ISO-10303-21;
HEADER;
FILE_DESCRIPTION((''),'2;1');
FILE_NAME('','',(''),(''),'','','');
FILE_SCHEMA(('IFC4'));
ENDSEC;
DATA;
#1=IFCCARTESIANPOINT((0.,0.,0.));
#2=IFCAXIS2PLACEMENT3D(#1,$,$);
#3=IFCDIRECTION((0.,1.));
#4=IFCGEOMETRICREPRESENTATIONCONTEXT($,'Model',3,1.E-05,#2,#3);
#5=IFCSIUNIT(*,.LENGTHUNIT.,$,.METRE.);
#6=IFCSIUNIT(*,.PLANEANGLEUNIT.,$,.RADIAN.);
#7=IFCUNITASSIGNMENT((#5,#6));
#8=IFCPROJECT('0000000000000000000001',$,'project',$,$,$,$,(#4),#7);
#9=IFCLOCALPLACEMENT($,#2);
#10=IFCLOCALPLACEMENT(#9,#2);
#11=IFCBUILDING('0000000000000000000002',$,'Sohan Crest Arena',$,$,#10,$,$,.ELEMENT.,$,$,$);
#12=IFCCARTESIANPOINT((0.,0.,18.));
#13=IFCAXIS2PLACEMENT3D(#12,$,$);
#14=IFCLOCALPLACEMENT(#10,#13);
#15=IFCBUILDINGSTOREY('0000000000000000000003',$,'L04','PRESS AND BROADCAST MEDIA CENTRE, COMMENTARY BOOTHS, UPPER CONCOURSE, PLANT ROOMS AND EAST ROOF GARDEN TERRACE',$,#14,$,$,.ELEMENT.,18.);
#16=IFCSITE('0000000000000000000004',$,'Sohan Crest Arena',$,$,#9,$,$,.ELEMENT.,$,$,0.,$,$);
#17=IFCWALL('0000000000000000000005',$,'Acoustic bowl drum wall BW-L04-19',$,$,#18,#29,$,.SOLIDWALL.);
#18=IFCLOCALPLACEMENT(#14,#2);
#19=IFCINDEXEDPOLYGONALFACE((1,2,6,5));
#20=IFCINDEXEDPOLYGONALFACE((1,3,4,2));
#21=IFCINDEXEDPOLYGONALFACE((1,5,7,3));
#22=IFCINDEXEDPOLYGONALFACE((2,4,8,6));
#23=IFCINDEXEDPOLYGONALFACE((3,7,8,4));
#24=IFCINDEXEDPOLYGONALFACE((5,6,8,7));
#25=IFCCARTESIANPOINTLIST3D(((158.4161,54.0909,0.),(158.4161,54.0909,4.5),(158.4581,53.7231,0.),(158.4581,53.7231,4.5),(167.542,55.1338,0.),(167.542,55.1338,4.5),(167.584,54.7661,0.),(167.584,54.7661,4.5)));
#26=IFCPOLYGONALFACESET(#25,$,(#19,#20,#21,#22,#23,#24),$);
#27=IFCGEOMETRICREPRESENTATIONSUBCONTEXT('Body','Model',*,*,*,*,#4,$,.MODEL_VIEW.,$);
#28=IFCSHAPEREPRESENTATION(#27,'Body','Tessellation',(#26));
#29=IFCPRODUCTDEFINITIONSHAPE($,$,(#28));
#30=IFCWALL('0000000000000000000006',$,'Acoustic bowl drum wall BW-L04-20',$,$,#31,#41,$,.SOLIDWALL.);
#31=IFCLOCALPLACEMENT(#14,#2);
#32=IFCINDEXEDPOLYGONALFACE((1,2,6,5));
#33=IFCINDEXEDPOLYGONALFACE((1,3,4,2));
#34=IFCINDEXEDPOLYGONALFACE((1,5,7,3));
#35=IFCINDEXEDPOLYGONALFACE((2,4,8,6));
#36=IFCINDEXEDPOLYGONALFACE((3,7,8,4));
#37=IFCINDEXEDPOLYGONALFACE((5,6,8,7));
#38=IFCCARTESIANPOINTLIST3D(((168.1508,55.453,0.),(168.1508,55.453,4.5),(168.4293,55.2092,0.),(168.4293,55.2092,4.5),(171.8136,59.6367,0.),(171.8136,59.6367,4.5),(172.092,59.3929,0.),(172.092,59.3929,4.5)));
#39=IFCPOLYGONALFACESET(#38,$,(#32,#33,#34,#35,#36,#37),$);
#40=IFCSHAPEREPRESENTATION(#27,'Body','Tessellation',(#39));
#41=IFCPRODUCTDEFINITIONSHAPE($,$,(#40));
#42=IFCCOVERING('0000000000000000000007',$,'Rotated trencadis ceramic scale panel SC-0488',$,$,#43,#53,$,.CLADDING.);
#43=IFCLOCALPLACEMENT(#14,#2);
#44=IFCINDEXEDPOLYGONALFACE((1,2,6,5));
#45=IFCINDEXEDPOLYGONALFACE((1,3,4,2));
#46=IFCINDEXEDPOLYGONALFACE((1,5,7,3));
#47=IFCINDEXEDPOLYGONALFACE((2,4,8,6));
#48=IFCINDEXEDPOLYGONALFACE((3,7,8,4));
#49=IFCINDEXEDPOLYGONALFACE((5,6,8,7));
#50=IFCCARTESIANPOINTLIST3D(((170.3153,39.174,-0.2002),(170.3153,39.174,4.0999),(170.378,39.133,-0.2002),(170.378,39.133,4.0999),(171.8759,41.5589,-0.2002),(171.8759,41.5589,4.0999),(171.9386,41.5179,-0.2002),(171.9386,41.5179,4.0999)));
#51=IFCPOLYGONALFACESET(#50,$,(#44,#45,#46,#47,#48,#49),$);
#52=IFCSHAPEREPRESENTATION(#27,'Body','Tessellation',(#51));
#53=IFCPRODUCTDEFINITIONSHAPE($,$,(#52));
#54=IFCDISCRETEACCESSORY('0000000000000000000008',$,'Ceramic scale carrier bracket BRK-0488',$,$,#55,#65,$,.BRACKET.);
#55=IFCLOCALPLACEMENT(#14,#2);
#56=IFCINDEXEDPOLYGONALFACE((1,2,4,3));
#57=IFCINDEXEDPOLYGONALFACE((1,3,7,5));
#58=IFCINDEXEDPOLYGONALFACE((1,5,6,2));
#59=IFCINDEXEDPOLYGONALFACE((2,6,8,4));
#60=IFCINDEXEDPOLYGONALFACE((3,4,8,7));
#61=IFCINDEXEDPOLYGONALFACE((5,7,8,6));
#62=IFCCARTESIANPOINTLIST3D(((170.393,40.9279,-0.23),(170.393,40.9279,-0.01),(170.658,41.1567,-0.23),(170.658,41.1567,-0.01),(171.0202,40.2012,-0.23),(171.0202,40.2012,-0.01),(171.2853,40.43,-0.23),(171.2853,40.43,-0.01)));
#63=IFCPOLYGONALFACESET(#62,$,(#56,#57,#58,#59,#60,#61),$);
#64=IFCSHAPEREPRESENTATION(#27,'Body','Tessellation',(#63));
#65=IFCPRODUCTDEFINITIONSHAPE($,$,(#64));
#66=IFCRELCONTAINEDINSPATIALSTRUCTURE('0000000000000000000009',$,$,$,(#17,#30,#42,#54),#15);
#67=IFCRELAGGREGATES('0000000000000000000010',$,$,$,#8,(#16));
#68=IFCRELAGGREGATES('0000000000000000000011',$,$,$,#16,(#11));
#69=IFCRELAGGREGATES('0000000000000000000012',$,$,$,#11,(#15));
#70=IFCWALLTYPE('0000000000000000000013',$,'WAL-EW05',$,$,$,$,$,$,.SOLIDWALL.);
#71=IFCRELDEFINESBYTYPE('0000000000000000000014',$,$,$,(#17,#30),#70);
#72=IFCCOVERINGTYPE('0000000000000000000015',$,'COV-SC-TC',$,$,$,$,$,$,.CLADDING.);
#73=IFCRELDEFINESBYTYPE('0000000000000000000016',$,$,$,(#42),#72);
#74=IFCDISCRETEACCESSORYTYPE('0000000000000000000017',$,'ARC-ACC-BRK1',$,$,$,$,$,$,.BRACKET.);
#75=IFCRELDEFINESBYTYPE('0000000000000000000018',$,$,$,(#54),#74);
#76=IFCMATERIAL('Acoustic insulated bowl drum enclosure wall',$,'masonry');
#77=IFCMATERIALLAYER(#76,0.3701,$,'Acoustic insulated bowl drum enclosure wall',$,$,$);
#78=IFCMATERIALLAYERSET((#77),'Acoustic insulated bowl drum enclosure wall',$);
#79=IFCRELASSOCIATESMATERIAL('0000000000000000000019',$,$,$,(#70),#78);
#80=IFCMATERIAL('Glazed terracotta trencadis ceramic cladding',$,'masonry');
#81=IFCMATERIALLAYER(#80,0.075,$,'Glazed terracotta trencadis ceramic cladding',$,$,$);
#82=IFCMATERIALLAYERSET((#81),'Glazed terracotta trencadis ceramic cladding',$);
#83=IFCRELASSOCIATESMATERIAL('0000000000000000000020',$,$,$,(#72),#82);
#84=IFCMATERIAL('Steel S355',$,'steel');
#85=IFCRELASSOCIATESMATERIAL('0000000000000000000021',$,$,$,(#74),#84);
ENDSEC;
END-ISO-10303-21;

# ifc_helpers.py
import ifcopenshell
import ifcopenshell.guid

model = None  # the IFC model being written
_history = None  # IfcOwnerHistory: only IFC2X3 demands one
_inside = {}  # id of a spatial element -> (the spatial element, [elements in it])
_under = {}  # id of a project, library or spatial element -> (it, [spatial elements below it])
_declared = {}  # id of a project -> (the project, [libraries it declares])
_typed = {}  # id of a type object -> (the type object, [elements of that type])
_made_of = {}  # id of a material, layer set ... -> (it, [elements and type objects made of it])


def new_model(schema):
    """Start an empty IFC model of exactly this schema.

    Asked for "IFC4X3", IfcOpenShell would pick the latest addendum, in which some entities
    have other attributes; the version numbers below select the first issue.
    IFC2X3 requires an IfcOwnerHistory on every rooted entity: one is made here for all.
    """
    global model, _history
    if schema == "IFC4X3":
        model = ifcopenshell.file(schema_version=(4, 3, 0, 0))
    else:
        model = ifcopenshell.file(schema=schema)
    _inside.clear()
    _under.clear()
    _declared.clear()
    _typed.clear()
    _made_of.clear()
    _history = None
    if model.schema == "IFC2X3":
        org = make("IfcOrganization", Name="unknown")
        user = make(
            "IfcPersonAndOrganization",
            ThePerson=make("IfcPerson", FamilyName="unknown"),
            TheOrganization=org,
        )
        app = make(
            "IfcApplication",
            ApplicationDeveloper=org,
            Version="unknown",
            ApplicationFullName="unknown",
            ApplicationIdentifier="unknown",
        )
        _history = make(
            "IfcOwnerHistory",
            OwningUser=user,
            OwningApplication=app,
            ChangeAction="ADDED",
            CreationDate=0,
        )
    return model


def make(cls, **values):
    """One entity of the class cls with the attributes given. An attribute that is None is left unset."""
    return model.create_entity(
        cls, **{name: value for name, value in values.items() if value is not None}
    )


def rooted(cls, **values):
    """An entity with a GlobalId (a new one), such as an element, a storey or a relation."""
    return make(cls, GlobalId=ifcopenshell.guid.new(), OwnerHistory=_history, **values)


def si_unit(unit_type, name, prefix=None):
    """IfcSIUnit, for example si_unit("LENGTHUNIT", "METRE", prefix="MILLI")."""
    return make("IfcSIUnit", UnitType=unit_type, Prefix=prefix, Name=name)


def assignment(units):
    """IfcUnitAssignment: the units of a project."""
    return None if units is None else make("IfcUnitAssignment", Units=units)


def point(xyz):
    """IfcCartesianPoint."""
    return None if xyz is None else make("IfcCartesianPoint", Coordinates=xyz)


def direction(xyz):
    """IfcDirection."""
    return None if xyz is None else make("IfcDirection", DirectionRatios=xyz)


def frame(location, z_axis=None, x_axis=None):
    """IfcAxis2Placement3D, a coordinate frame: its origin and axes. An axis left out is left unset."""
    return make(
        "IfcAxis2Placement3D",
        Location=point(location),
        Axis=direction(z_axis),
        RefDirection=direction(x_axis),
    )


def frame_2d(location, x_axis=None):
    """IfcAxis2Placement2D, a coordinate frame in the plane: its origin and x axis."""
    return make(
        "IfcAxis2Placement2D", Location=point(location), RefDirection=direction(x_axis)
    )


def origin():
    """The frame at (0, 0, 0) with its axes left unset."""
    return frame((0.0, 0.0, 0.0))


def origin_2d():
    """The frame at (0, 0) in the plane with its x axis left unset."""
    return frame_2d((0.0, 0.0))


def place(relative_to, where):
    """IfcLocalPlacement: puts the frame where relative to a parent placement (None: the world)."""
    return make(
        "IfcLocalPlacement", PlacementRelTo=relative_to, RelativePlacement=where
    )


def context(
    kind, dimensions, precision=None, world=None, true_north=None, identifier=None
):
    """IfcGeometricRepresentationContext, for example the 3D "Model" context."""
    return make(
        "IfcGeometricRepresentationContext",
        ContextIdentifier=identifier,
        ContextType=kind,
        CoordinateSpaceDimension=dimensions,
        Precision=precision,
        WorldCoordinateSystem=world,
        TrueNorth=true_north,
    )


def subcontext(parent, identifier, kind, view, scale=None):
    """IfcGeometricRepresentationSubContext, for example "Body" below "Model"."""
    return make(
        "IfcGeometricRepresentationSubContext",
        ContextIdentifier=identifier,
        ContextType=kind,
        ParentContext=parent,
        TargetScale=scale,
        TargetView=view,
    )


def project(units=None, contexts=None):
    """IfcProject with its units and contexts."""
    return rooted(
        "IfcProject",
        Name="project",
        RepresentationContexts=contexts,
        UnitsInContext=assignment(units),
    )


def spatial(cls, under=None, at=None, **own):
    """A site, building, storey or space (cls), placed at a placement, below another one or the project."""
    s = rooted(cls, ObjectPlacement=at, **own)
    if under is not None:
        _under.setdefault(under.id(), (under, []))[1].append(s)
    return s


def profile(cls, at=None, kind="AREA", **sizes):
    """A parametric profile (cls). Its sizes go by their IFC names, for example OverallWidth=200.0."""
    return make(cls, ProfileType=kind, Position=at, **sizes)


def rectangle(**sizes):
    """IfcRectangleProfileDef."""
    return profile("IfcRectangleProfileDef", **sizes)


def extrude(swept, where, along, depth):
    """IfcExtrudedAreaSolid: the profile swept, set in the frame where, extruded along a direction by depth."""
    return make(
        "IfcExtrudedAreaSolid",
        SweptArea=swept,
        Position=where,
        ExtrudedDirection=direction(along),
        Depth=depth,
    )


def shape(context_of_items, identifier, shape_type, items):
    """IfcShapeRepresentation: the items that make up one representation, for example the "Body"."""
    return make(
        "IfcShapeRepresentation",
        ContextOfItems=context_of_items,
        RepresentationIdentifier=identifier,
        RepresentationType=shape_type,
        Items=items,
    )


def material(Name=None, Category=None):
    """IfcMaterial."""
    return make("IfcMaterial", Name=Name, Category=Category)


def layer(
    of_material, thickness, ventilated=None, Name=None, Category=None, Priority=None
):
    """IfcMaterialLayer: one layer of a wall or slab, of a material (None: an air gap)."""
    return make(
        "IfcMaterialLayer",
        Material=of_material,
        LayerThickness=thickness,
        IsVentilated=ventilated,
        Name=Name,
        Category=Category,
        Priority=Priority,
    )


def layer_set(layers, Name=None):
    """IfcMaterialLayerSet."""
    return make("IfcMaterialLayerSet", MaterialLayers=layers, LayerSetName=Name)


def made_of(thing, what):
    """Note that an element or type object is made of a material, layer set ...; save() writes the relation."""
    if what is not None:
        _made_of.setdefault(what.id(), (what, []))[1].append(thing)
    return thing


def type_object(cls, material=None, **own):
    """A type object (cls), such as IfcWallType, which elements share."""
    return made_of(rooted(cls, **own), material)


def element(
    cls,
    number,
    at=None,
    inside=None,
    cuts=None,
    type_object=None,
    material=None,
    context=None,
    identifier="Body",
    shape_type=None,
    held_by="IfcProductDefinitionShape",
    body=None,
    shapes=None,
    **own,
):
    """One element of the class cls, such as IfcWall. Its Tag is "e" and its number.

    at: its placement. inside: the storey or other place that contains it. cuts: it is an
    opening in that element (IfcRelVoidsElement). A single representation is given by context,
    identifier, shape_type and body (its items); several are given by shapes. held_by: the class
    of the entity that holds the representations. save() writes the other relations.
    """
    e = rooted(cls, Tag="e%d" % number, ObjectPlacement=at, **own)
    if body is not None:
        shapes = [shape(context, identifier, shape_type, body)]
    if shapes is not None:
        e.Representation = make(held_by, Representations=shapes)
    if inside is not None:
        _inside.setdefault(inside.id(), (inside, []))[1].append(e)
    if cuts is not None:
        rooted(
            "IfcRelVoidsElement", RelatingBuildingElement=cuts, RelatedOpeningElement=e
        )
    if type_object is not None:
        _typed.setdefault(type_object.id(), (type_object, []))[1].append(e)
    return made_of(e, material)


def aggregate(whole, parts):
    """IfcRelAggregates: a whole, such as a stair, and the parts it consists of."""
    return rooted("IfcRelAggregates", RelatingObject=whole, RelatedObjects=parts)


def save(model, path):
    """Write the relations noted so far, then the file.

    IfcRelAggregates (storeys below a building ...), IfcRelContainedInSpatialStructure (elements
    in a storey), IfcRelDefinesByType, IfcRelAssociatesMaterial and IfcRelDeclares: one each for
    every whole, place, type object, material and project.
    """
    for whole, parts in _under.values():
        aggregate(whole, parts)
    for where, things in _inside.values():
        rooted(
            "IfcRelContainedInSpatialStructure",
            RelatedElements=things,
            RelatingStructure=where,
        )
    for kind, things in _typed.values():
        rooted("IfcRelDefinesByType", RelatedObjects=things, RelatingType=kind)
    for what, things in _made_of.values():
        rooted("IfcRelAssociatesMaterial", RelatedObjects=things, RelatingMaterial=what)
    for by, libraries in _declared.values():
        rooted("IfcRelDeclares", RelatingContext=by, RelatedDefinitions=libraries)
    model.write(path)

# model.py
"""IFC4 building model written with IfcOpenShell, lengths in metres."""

from ifc_helpers import new_model, si_unit, direction, frame, frame_2d, origin, origin_2d, place, context, subcontext, project, spatial, rectangle, extrude, material, layer, layer_set, type_object, element, save


model = new_model("IFC4")

# Units and contexts
model_context = context("Model", 3, precision=1e-05, world=origin(), true_north=direction((0.0, 1.0)))
body_context = subcontext(model_context, "Body", "Model", "MODEL_VIEW")
ifc_project = project(units=[si_unit("LENGTHUNIT", "METRE"), si_unit("PLANEANGLEUNIT", "RADIAN")], contexts=[model_context])

# Site, building, storey
site_placement = place(None, origin())
site = spatial("IfcSite", under=ifc_project, at=site_placement, Name="Sohan Crest Arena", CompositionType="ELEMENT", RefElevation=0.0)
building_placement = place(site_placement, origin())
building = spatial("IfcBuilding", under=site, at=building_placement, Name="Sohan Crest Arena", CompositionType="ELEMENT")
storey_placement = place(building_placement, frame((0.0, 0.0, 18.0)))
storey = spatial("IfcBuildingStorey", under=building, at=storey_placement, Name="L04", Description="PRESS AND BROADCAST MEDIA CENTRE, COMMENTARY BOOTHS, UPPER CONCOURSE, PLANT ROOMS AND EAST ROOF GARDEN TERRACE", CompositionType="ELEMENT", Elevation=18.0)

# Shared definitions
ifc_material_1 = material(Name="Steel S355", Category="steel")

# Walls
ifc_material_2 = material(Name="Acoustic insulated bowl drum enclosure wall", Category="masonry")
ifc_layer_1 = layer(ifc_material_2, 0.3701, Name="Acoustic insulated bowl drum enclosure wall")
ifc_layer_set_1 = layer_set([ifc_layer_1], Name="Acoustic insulated bowl drum enclosure wall")
wall_type = type_object("IfcWallType", Name="WAL-EW05", PredefinedType="SOLIDWALL", material=ifc_layer_set_1)
wall_1_placement = place(storey_placement, frame((158.437, 53.907, 0.0), z_axis=(0.0, 0.0, 1.0), x_axis=(0.993533, 0.113547, 0.0)))
element("IfcWall", 1, at=wall_1_placement, inside=storey, type_object=wall_type, Name="Acoustic bowl drum wall BW-L04-19", PredefinedType="SOLIDWALL", context=body_context, shape_type="SweptSolid", body=[
    extrude(rectangle(XDim=9.1853, YDim=0.3701, at=frame_2d((4.5928, 0.0))), origin(), (0.0, 0.0, 1.0), 4.5),
])
wall_2_placement = place(storey_placement, frame((168.29, 55.3311, 0.0), z_axis=(0.0, 0.0, 1.0), x_axis=(0.658707, 0.7524, 0.0)))
element("IfcWall", 2, at=wall_2_placement, inside=storey, type_object=wall_type, Name="Acoustic bowl drum wall BW-L04-20", PredefinedType="SOLIDWALL", context=body_context, shape_type="SweptSolid", body=[
    extrude(rectangle(XDim=5.5605, YDim=0.3701, at=frame_2d((2.7803, 0.0))), origin(), (0.0, 0.0, 1.0), 4.5),
])

# Covering
ifc_material_3 = material(Name="Glazed terracotta trencadis ceramic cladding", Category="masonry")
ifc_layer_2 = layer(ifc_material_3, 0.075, Name="Glazed terracotta trencadis ceramic cladding")
ifc_layer_set_2 = layer_set([ifc_layer_2], Name="Glazed terracotta trencadis ceramic cladding")
covering_type = type_object("IfcCoveringType", Name="COV-SC-TC", PredefinedType="CLADDING", material=ifc_layer_set_2)
covering_placement = place(storey_placement, frame((171.127, 40.3459, -0.2002), z_axis=(0.0, 0.0, 1.0), x_axis=(0.547563, 0.836764, 0.0)))
element("IfcCovering", 3, at=covering_placement, inside=storey, type_object=covering_type, Name="Rotated trencadis ceramic scale panel SC-0488", PredefinedType="CLADDING", context=body_context, shape_type="SweptSolid", body=[
    extrude(rectangle(XDim=2.8501, YDim=0.075, at=origin_2d()), origin(), (0.0, 0.0, 1.0), 4.3),
])

# Discrete accessory
discrete_accessory_type = type_object("IfcDiscreteAccessoryType", Name="ARC-ACC-BRK1", PredefinedType="BRACKET", material=ifc_material_1)
discrete_accessory_placement = place(storey_placement, frame((170.8391, 40.679, -0.23), z_axis=(0.0, 0.0, 1.0), x_axis=(0.756995, 0.653421, 0.0)))
element("IfcDiscreteAccessory", 4, at=discrete_accessory_placement, inside=storey, type_object=discrete_accessory_type, Name="Ceramic scale carrier bracket BRK-0488", PredefinedType="BRACKET", context=body_context, shape_type="SweptSolid", body=[
    extrude(rectangle(XDim=0.3501, YDim=0.96, at=origin_2d()), origin(), (0.0, 0.0, 1.0), 0.22),
])

save(model, "model.ifc")
